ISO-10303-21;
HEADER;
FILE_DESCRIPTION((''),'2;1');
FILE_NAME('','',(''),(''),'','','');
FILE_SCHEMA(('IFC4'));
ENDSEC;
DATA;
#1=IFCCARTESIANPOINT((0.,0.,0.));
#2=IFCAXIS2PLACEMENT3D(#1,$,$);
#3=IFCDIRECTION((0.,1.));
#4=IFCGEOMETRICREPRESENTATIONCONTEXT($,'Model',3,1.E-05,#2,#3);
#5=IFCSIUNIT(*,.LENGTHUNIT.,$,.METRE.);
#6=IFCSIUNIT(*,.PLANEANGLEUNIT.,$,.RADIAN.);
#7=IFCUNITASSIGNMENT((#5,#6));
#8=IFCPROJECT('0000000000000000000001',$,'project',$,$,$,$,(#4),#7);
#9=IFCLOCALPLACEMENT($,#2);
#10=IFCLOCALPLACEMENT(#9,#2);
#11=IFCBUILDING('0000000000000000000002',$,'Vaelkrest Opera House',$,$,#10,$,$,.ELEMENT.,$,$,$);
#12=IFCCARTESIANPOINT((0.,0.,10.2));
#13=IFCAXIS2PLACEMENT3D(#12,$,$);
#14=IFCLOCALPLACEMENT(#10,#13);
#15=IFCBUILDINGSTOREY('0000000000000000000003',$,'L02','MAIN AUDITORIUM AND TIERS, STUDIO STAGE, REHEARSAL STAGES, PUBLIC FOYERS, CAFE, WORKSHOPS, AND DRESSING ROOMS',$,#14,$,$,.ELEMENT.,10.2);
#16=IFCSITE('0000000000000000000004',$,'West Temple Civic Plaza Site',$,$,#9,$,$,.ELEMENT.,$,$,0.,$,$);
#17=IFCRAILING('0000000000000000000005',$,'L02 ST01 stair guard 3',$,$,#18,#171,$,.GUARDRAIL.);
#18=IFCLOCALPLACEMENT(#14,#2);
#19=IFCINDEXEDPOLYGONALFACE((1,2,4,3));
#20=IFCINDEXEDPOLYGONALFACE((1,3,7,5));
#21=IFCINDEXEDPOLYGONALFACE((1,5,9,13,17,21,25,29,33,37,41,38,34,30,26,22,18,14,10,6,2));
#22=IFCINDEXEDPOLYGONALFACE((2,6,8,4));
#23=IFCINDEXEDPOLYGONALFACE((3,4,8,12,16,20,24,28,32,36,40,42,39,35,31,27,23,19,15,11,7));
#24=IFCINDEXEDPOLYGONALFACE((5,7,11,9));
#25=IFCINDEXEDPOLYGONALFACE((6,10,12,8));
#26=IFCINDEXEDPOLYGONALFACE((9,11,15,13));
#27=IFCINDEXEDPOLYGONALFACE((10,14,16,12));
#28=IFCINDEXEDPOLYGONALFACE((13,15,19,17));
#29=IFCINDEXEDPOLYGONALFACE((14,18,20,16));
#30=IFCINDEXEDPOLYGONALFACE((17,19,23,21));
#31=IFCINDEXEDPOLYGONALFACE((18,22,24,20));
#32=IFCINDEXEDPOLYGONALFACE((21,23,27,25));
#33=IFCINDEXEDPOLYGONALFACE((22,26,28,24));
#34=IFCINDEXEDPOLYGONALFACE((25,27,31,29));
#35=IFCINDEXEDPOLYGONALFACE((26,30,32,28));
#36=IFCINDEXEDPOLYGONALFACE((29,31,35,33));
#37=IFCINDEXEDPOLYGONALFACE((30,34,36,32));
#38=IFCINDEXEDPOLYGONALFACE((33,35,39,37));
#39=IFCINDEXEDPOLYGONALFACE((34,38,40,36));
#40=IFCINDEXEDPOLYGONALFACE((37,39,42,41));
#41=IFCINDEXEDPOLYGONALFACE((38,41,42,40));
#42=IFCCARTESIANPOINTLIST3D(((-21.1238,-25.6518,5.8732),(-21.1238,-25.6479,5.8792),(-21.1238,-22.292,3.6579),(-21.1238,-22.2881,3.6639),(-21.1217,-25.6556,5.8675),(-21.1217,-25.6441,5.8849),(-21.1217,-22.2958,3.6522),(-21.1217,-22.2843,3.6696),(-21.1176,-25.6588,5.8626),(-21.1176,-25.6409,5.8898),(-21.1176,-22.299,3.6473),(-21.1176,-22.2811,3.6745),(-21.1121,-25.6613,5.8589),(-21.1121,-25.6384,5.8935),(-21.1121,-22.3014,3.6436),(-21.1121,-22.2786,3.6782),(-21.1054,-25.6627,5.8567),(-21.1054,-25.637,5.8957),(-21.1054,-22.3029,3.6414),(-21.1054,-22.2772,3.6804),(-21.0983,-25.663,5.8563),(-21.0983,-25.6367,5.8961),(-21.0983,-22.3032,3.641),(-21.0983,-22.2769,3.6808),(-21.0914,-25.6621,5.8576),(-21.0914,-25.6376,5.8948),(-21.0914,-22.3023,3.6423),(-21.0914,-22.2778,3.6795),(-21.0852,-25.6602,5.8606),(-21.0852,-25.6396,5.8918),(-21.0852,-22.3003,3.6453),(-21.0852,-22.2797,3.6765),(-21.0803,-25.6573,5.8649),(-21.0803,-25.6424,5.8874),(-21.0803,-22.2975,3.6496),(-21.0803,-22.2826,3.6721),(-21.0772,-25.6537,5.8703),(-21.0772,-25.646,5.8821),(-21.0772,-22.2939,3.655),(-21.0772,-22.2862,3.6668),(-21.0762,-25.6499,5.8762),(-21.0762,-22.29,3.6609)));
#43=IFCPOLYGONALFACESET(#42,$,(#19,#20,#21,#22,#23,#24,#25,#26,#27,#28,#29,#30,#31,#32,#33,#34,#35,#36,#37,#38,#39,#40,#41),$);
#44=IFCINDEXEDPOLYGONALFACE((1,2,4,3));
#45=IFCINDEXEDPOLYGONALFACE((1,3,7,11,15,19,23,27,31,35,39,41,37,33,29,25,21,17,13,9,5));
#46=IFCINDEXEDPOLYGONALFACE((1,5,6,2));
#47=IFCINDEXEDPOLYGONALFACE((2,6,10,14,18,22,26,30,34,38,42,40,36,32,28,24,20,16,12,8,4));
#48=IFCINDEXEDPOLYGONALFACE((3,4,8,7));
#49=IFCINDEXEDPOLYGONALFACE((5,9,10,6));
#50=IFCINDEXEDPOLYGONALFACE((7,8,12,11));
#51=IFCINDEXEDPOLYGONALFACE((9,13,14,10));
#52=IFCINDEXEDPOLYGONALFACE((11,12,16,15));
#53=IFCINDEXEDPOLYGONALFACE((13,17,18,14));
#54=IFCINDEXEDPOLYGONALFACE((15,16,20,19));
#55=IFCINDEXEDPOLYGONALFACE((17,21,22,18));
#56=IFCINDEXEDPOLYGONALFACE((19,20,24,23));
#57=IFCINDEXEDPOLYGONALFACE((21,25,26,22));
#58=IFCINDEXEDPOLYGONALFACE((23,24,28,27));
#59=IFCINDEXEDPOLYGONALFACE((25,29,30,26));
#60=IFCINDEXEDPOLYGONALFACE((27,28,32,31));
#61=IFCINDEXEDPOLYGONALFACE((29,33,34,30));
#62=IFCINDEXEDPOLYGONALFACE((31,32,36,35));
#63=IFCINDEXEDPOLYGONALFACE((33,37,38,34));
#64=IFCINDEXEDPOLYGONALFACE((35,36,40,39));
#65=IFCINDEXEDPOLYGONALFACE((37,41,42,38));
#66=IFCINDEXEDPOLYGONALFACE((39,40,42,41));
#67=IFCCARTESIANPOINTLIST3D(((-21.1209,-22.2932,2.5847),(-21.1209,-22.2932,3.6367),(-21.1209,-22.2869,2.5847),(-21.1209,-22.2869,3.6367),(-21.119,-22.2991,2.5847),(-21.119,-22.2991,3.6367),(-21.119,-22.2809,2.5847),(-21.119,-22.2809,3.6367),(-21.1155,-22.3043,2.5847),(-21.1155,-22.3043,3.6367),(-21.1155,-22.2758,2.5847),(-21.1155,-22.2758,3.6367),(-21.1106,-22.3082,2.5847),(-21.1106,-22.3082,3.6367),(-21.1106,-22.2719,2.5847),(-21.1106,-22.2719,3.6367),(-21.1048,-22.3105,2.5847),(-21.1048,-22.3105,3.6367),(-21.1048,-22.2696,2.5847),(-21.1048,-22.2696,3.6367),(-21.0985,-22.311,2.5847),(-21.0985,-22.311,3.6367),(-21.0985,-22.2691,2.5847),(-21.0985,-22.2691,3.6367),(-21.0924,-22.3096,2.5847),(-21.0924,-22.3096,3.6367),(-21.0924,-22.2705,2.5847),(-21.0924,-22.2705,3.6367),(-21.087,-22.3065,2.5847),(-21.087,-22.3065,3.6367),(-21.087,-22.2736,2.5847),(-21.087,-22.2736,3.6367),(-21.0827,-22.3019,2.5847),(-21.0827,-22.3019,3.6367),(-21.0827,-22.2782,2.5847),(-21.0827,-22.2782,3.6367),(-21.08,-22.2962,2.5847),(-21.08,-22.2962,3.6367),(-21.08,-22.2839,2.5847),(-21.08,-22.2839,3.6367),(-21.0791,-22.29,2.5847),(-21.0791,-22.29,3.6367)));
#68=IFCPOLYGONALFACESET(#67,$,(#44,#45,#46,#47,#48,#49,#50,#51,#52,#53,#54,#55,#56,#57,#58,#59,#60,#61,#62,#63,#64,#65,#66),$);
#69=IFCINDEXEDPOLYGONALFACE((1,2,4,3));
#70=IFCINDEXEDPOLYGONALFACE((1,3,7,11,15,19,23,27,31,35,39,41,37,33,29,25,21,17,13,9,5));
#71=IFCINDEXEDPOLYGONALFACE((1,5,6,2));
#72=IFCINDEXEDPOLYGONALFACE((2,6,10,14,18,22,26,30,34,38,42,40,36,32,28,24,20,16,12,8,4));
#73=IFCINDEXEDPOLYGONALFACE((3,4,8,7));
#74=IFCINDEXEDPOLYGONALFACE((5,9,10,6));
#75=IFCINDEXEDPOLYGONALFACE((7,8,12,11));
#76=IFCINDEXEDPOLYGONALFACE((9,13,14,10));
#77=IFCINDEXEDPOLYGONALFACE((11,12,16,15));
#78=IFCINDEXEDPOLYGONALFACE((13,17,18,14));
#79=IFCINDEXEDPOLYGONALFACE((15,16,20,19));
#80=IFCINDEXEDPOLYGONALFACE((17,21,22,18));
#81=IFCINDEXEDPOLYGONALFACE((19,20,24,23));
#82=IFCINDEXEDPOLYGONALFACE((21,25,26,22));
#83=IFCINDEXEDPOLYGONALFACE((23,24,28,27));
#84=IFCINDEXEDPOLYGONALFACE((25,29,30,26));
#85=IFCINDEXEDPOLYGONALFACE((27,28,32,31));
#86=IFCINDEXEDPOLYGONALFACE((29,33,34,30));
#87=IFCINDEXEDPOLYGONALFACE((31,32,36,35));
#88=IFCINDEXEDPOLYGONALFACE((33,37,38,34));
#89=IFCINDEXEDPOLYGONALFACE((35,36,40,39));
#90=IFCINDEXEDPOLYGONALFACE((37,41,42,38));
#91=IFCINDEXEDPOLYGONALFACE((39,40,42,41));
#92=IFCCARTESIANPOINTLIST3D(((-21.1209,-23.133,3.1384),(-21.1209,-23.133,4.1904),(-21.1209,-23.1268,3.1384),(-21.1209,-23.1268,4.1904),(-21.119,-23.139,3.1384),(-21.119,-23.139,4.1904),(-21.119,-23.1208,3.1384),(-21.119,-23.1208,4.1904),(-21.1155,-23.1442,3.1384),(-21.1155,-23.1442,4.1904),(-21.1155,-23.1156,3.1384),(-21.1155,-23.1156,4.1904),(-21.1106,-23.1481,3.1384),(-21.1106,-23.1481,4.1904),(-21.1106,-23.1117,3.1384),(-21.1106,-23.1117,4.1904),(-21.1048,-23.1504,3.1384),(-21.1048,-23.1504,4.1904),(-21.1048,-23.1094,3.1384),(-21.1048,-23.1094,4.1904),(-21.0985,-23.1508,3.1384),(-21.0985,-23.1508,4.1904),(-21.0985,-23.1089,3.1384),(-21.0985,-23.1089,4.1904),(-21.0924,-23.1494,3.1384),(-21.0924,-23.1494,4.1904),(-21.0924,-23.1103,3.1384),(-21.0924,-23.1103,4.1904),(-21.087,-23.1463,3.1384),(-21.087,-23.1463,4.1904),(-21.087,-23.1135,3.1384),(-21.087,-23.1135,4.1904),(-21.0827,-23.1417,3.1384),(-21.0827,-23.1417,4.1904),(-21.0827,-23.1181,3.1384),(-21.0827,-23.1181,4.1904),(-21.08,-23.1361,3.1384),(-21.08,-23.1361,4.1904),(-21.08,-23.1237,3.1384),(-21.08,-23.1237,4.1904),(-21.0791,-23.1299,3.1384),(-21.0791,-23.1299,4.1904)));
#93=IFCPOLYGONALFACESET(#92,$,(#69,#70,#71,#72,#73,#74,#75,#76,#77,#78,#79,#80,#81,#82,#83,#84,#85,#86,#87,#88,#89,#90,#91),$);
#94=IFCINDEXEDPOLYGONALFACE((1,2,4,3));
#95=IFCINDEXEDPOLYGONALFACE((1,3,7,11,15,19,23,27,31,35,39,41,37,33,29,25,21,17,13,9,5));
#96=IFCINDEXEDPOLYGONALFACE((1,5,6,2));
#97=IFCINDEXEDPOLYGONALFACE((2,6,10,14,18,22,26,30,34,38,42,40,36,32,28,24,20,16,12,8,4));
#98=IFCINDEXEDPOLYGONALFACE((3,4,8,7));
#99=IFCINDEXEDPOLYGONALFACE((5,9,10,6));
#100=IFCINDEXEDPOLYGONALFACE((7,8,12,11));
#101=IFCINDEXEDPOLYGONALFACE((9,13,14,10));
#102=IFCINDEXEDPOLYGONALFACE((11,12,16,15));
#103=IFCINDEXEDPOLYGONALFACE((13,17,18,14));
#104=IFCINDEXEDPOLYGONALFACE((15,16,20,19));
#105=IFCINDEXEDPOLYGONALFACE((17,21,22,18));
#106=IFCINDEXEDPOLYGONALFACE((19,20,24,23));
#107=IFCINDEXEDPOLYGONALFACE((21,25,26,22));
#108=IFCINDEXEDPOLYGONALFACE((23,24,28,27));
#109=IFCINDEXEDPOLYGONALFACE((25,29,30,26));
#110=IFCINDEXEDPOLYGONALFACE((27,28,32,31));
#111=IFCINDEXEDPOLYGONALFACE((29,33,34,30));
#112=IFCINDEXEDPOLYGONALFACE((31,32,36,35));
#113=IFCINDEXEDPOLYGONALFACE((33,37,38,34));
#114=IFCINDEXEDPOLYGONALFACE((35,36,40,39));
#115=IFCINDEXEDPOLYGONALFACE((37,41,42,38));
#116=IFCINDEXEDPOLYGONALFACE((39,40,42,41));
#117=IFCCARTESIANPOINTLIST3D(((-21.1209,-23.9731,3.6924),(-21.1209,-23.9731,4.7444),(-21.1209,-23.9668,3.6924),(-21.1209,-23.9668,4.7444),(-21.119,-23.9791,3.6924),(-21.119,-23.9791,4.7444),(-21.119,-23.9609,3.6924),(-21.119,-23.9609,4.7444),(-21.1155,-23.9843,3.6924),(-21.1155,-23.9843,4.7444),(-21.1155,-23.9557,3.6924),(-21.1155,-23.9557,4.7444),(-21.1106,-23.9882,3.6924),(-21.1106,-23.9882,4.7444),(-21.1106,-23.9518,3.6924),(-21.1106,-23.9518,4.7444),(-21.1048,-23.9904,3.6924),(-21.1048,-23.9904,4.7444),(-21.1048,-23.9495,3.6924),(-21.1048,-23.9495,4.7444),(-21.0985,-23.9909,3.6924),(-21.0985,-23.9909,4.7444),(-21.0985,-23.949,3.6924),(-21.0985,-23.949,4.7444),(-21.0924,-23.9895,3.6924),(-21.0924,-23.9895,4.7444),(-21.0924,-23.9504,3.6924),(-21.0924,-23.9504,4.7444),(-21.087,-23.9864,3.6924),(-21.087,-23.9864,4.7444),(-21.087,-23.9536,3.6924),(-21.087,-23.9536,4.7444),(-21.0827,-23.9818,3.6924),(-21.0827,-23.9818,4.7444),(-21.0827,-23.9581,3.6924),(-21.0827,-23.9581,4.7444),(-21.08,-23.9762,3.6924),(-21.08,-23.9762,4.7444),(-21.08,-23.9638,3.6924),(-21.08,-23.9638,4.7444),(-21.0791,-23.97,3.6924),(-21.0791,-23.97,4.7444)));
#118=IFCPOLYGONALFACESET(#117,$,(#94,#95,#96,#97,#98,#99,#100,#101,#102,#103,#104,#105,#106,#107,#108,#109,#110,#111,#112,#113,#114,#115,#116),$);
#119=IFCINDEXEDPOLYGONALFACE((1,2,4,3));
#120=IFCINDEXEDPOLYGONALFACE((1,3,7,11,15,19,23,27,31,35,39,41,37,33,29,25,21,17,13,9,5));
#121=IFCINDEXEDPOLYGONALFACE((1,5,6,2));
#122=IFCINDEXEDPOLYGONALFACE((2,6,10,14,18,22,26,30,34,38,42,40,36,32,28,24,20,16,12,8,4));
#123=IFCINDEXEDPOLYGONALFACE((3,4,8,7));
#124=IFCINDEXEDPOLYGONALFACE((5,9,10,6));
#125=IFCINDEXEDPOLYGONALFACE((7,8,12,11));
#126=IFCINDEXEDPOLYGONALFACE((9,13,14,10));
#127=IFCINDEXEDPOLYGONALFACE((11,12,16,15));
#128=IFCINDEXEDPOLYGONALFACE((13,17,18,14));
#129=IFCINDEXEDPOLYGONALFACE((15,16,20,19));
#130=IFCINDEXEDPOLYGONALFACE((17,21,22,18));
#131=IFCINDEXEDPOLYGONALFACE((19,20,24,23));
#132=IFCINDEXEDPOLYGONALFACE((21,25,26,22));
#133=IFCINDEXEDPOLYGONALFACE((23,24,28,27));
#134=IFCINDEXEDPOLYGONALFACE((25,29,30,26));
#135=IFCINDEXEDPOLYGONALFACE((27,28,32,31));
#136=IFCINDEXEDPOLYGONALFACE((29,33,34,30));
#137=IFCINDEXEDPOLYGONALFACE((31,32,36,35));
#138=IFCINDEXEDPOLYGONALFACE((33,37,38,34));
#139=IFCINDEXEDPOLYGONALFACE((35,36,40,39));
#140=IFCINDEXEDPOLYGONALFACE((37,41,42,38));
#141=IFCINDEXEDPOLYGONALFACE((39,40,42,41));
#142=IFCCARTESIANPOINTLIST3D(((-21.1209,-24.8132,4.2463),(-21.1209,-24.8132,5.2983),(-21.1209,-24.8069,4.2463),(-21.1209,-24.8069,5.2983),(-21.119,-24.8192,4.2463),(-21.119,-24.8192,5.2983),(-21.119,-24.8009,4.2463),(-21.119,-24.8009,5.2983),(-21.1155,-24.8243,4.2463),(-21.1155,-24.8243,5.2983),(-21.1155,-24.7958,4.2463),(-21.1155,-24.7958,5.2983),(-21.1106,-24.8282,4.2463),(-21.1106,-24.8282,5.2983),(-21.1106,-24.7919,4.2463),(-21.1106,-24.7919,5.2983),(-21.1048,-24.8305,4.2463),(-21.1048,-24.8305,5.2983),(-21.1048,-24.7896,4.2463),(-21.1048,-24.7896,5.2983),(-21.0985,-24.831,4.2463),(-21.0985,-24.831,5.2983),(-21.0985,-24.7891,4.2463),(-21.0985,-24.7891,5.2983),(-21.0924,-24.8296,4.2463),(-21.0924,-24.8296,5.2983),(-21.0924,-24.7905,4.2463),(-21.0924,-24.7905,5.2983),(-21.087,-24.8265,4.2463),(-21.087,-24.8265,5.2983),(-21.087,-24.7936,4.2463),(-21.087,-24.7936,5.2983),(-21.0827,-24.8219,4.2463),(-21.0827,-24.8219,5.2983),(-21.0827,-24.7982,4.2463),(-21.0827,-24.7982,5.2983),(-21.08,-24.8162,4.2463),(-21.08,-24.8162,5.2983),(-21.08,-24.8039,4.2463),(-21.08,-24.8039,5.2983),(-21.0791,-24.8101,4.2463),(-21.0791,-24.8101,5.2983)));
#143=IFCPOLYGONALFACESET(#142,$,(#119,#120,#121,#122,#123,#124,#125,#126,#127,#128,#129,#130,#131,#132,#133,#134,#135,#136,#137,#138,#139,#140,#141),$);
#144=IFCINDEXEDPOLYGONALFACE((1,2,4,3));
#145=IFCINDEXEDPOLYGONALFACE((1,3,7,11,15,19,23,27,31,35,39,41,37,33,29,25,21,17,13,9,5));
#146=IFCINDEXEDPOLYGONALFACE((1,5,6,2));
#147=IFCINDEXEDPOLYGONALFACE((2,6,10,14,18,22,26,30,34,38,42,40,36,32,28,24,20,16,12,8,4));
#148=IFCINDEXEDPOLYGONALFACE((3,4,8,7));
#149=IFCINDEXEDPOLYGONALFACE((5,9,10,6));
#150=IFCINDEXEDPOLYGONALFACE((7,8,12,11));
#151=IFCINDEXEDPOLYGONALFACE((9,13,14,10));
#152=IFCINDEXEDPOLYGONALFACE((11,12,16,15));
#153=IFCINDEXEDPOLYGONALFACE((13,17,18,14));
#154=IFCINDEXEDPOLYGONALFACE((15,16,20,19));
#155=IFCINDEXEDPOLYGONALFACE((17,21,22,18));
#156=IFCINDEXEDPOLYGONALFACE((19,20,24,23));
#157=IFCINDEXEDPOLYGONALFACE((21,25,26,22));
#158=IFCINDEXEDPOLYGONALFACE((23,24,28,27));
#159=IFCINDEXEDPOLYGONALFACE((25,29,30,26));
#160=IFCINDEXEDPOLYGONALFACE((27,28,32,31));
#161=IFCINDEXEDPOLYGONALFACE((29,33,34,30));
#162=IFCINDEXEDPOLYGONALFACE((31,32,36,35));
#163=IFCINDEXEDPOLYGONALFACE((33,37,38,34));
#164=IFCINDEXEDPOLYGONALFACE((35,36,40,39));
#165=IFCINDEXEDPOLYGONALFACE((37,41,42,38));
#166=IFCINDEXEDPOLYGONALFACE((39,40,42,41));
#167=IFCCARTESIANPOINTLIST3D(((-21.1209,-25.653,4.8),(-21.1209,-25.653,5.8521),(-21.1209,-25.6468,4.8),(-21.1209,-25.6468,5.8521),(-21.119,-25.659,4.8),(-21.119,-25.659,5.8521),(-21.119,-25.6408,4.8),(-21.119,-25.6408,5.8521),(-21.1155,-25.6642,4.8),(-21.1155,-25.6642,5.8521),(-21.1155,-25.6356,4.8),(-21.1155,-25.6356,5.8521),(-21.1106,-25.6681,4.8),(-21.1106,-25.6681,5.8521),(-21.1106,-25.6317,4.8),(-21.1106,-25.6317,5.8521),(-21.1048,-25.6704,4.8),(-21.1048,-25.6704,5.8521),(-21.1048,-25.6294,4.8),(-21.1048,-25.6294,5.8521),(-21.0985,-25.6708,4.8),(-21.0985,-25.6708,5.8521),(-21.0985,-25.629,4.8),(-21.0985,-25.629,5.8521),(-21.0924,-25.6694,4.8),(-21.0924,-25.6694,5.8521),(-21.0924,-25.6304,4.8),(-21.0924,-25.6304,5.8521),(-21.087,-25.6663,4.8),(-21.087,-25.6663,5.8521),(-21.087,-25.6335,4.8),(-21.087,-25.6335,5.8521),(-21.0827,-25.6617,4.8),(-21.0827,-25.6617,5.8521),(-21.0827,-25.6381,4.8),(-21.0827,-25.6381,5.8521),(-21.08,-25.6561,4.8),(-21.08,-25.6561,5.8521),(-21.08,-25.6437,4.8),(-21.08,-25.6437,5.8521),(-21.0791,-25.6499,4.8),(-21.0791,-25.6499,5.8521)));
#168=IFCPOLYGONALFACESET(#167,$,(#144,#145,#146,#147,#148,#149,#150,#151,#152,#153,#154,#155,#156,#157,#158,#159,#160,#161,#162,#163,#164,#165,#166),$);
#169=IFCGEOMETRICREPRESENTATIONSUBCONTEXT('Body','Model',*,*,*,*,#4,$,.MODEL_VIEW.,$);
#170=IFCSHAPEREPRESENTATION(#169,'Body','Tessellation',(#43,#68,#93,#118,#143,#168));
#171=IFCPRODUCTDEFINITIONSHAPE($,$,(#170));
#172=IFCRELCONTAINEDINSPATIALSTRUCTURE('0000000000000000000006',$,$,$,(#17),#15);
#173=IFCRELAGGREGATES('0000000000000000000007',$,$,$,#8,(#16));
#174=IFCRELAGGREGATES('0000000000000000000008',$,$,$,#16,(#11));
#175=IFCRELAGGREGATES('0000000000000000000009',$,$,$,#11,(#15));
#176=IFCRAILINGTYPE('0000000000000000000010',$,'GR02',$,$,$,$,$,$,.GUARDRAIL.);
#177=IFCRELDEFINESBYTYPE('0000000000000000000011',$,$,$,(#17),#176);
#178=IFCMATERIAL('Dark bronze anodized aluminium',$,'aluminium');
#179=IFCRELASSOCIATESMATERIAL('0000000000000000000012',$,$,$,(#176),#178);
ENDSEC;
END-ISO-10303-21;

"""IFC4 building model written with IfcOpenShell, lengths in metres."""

from ifc_helpers import new_model, si_unit, direction, frame, origin, origin_2d, place, context, subcontext, project, spatial, circle, extrude, material, type_object, element, save


model = new_model("IFC4")

# Units and contexts
model_context = context("Model", 3, precision=1e-05, world=origin(), true_north=direction((0.0, 1.0)))
body_context = subcontext(model_context, "Body", "Model", "MODEL_VIEW")
ifc_project = project(units=[si_unit("LENGTHUNIT", "METRE"), si_unit("PLANEANGLEUNIT", "RADIAN")], contexts=[model_context])

# Site, building, storey
site_placement = place(None, origin())
site = spatial("IfcSite", under=ifc_project, at=site_placement, Name="West Temple Civic Plaza Site", CompositionType="ELEMENT", RefElevation=0.0)
building_placement = place(site_placement, origin())
building = spatial("IfcBuilding", under=site, at=building_placement, Name="Vaelkrest Opera House", CompositionType="ELEMENT")
storey_placement = place(building_placement, frame((0.0, 0.0, 10.2)))
storey = spatial("IfcBuildingStorey", under=building, at=storey_placement, Name="L02", Description="MAIN AUDITORIUM AND TIERS, STUDIO STAGE, REHEARSAL STAGES, PUBLIC FOYERS, CAFE, WORKSHOPS, AND DRESSING ROOMS", CompositionType="ELEMENT", Elevation=10.2)

# Shared definitions
ifc_material_1 = material(Name="Dark bronze anodized aluminium", Category="aluminium")

# Railing
railing_type_1 = type_object("IfcRailingType", Name="GR02", PredefinedType="GUARDRAIL", material=ifc_material_1)
railing_1_placement = place(storey_placement, frame((-21.1001, -22.29, 2.5847)))
element("IfcRailing", 1, at=railing_1_placement, inside=storey, type_object=railing_type_1, Name="L02 ST01 stair guard 3", PredefinedType="GUARDRAIL", context=body_context, shape_type="SweptSolid", body=[
    extrude(circle(Radius=0.0239, at=origin_2d()), frame((0.0, 0.0, 1.0762), z_axis=(0.0, -0.834858, 0.550465), x_axis=(1.0, 0.0, 0.0)), (0.0, 0.0, 1.0), 4.0244),
    extrude(circle(Radius=0.021, at=origin_2d()), origin(), (0.0, 0.0, 1.0), 1.052),
    extrude(circle(Radius=0.021, at=origin_2d()), frame((0.0, -0.8398, 0.5537)), (0.0, 0.0, 1.0), 1.052),
    extrude(circle(Radius=0.021, at=origin_2d()), frame((0.0, -1.6799, 1.1077)), (0.0, 0.0, 1.0), 1.052),
    extrude(circle(Radius=0.021, at=origin_2d()), frame((0.0, -2.52, 1.6616)), (0.0, 0.0, 1.0), 1.052),
    extrude(circle(Radius=0.021, at=origin_2d()), frame((0.0, -3.3599, 2.2153)), (0.0, 0.0, 1.0), 1.052),
])

save(model, "model.ifc")
